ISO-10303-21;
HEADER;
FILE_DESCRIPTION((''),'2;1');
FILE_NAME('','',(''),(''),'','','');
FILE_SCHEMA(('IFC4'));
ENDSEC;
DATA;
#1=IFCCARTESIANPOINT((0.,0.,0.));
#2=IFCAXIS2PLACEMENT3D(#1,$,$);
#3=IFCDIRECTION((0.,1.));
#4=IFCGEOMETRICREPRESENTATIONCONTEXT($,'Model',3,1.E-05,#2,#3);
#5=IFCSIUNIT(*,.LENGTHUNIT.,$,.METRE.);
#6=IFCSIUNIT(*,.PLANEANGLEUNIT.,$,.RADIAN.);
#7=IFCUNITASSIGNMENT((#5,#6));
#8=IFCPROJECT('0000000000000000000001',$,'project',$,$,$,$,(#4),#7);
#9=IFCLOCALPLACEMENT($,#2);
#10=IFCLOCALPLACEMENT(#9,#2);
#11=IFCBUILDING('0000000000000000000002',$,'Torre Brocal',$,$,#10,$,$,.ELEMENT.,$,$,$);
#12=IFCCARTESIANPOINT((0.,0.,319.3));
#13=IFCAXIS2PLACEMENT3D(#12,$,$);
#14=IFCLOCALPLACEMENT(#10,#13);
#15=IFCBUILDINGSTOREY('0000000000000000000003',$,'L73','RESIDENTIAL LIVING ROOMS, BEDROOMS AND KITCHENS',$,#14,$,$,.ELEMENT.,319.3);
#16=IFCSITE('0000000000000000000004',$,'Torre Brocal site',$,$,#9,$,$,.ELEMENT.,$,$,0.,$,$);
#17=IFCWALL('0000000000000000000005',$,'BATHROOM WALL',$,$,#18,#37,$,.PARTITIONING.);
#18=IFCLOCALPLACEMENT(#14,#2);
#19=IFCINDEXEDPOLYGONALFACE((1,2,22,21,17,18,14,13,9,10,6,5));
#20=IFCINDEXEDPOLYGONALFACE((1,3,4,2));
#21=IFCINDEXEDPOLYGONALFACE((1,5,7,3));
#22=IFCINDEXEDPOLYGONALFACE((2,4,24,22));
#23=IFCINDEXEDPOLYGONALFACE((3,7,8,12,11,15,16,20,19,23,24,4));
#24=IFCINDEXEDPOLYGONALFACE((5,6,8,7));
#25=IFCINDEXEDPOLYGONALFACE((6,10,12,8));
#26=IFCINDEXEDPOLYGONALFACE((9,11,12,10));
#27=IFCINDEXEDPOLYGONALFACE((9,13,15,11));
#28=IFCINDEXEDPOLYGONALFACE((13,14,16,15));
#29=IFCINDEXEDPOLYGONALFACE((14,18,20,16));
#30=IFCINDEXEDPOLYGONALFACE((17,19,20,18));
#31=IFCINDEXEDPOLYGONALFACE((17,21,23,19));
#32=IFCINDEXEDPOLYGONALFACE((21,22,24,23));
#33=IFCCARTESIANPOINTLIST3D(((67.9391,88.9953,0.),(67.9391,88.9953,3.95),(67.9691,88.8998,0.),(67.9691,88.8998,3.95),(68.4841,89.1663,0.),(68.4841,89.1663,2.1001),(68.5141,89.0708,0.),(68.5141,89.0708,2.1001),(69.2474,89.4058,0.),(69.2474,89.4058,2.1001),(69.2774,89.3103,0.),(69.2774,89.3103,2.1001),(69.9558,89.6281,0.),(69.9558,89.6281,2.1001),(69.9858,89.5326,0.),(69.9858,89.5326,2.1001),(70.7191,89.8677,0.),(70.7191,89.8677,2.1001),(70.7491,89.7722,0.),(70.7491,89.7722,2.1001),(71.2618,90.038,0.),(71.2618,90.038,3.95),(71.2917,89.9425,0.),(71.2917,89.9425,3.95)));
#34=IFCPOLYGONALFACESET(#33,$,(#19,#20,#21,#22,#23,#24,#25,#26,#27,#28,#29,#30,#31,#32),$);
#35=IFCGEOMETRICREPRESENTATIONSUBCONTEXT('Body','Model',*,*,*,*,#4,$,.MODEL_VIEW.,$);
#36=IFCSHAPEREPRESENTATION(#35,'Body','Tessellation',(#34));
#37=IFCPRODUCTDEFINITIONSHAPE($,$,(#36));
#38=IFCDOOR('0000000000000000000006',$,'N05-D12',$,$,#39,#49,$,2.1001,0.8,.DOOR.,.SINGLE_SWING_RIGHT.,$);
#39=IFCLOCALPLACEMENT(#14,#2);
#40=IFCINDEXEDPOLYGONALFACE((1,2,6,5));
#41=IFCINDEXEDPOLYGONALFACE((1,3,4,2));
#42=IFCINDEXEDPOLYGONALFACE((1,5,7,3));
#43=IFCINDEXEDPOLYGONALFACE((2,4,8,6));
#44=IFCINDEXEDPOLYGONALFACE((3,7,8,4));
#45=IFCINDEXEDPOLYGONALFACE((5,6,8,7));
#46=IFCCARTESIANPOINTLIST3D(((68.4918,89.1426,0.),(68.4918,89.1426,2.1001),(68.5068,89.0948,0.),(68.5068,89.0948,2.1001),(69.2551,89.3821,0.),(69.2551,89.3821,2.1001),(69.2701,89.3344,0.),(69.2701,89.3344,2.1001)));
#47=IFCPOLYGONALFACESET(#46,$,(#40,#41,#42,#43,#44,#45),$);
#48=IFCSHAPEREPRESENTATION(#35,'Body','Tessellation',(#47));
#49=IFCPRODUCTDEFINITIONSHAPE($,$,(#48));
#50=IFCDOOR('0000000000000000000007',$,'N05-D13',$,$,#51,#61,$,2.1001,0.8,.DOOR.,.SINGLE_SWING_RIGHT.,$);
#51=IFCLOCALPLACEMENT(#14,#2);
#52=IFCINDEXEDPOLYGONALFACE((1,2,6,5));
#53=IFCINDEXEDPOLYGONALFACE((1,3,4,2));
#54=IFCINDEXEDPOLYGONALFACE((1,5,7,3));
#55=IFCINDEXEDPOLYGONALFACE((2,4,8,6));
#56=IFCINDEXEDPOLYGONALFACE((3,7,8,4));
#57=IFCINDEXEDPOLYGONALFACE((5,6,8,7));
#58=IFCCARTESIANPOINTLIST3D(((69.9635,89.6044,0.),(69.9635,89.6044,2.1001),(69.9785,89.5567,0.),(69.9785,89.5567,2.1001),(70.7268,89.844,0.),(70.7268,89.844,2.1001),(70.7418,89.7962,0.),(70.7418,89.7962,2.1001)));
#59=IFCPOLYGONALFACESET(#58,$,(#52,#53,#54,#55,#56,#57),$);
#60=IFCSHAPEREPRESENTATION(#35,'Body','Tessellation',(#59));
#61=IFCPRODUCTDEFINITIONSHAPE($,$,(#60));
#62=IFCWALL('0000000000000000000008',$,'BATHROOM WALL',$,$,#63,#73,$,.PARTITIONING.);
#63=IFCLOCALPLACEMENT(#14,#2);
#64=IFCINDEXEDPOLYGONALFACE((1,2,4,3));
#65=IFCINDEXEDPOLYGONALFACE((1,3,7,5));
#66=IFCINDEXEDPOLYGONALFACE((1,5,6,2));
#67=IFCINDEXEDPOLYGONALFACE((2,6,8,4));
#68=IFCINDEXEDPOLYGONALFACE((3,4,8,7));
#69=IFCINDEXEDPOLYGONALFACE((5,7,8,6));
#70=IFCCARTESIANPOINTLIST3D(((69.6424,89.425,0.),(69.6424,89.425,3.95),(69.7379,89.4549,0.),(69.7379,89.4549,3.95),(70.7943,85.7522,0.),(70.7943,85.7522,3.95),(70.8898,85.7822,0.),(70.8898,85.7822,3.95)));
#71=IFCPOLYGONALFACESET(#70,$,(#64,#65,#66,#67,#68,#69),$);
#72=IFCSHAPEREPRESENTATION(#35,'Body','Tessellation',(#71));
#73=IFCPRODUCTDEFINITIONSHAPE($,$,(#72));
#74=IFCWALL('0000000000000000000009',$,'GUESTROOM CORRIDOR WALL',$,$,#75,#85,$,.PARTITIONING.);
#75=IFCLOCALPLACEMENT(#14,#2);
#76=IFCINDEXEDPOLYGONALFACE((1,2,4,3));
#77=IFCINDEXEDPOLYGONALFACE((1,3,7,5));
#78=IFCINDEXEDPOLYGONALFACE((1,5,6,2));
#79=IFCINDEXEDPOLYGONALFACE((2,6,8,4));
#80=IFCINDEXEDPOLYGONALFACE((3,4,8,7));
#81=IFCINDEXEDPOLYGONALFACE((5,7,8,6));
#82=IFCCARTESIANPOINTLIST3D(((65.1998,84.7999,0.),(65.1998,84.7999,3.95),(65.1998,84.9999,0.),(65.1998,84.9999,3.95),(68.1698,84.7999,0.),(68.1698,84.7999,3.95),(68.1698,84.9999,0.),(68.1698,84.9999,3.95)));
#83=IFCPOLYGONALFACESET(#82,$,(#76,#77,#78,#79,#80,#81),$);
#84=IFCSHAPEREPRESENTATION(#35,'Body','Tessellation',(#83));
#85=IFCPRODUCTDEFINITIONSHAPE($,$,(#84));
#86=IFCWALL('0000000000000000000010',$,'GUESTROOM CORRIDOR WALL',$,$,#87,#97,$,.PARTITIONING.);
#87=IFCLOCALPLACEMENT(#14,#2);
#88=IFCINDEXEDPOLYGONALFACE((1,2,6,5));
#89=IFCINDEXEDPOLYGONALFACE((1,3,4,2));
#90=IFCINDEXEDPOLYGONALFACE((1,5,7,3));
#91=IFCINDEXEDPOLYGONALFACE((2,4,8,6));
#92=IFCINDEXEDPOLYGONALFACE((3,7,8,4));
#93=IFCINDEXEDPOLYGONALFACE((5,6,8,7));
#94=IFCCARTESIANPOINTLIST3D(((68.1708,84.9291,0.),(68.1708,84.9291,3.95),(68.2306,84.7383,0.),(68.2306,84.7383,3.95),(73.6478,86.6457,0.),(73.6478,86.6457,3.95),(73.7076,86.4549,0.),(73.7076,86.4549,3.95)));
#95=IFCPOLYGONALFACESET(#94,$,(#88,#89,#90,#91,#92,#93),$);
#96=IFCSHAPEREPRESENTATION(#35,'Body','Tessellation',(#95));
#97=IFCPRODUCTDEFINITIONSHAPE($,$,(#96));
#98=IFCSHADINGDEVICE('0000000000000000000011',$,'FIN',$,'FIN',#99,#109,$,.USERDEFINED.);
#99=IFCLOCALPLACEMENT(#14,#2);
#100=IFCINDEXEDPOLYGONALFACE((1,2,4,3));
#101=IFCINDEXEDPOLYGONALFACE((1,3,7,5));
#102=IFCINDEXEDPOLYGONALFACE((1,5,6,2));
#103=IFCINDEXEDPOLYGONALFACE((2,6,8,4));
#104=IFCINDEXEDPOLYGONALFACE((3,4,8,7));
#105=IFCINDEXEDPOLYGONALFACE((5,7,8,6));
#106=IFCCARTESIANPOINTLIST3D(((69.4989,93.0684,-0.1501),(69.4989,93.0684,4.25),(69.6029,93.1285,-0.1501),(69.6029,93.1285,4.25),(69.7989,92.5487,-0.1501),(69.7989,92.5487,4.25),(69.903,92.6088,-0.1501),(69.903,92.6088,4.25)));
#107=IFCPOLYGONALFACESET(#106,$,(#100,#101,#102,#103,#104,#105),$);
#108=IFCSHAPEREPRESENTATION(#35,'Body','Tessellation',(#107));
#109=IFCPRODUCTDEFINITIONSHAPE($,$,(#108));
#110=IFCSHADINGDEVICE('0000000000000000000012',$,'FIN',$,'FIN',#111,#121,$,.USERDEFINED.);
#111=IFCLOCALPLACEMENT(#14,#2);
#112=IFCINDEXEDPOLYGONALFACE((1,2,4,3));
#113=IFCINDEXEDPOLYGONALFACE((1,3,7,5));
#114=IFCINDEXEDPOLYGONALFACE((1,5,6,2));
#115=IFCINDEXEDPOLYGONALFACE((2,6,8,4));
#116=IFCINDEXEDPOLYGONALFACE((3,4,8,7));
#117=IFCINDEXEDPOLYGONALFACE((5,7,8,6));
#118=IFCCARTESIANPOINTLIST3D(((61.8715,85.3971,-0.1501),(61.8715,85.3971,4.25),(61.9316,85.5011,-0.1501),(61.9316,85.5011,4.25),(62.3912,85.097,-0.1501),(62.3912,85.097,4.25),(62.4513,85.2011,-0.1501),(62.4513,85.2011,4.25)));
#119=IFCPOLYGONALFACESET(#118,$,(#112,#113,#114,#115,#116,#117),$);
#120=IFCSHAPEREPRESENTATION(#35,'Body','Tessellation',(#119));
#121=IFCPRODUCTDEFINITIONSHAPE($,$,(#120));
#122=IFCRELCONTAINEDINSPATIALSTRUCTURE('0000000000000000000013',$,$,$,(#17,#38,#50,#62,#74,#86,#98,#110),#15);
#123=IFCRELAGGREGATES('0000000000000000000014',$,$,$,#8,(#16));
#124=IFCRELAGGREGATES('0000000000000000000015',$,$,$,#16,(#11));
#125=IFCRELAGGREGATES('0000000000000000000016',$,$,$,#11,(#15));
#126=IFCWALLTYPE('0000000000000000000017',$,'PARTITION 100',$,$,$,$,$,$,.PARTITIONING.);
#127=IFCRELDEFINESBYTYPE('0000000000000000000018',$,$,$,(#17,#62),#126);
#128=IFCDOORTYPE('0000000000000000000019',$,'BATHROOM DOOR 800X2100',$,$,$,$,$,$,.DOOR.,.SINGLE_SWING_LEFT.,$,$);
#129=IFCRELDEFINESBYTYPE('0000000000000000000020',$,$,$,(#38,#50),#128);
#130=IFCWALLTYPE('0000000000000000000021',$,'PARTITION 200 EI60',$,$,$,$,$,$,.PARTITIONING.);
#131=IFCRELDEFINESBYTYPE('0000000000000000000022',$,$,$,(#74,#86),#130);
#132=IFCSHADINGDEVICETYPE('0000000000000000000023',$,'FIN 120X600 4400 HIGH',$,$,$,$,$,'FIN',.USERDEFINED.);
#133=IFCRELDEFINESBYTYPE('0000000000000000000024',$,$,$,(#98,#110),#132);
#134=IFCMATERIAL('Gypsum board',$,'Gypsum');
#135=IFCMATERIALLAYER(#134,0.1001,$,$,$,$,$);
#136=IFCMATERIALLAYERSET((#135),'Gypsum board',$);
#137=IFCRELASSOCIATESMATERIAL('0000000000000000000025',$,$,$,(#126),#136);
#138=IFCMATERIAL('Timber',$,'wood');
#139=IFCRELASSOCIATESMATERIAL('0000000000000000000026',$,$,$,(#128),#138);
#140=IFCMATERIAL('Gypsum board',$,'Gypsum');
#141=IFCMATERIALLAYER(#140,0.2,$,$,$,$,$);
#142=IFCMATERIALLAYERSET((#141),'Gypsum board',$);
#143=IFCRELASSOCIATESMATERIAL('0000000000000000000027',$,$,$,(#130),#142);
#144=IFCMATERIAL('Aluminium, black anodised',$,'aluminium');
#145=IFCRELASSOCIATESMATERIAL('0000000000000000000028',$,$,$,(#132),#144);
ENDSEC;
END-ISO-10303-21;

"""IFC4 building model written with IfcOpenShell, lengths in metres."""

from ifc_helpers import new_model, si_unit, direction, frame, frame_2d, origin, origin_2d, place, context, subcontext, project, spatial, rectangle, extrude, material, layer, layer_set, material_profile, profile_set, type_object, element, fill, save


model = new_model("IFC4")

# Units and contexts
model_context = context("Model", 3, precision=1e-05, world=origin(), true_north=direction((0.0, 1.0)))
body_context = subcontext(model_context, "Body", "Model", "MODEL_VIEW")
ifc_project = project(units=[si_unit("LENGTHUNIT", "METRE"), si_unit("PLANEANGLEUNIT", "RADIAN")], contexts=[model_context])

# Site, building, storey
site_placement = place(None, origin())
site = spatial("IfcSite", under=ifc_project, at=site_placement, Name="Torre Brocal site", CompositionType="ELEMENT", RefElevation=0.0)
building_placement = place(site_placement, origin())
building = spatial("IfcBuilding", under=site, at=building_placement, Name="Torre Brocal", CompositionType="ELEMENT")
storey_placement = place(building_placement, frame((0.0, 0.0, 319.3)))
storey = spatial("IfcBuildingStorey", under=building, at=storey_placement, Name="L73", Description="RESIDENTIAL LIVING ROOMS, BEDROOMS AND KITCHENS", CompositionType="ELEMENT", Elevation=319.3)

# Wall, openings, doors
ifc_material_1 = material(Name="Gypsum board", Category="Gypsum")
ifc_layer_1 = layer(ifc_material_1, 0.1001)
ifc_layer_set_1 = layer_set([ifc_layer_1], Name="Gypsum board")
wall_type_1 = type_object("IfcWallType", Name="PARTITION 100", PredefinedType="PARTITIONING", material=ifc_layer_set_1)
wall_1_placement = place(storey_placement, frame((67.9541, 88.9475, 0.0), z_axis=(0.0, 0.0, 1.0), x_axis=(0.954123, 0.299416, 0.0)))
wall_1 = element("IfcWall", 1, at=wall_1_placement, inside=storey, type_object=wall_type_1, Name="BATHROOM WALL", PredefinedType="PARTITIONING", context=body_context, shape_type="SweptSolid", body=[
    extrude(rectangle(XDim=3.4824, YDim=0.1001, at=frame_2d((1.7412, 0.0))), origin(), (0.0, 0.0, 1.0), 3.95),
])
opening_1_placement = place(wall_1_placement, frame((0.5713, 0.0, 0.0)))
opening_1 = element("IfcOpeningElement", 2, at=opening_1_placement, cuts=wall_1, PredefinedType="OPENING", context=body_context, shape_type="SweptSolid", body=[
    extrude(rectangle(XDim=0.8, YDim=2.1001, at=frame_2d((0.3999, 1.05))), frame((0.0, 0.0601, 0.0), z_axis=(0.0, -1.0, 0.0), x_axis=(1.0, 0.0, 0.0)), (0.0, 0.0, 1.0), 0.1201),
])
opening_2_placement = place(wall_1_placement, frame((2.1138, 0.0, 0.0)))
opening_2 = element("IfcOpeningElement", 3, at=opening_2_placement, cuts=wall_1, PredefinedType="OPENING", context=body_context, shape_type="SweptSolid", body=[
    extrude(rectangle(XDim=0.8, YDim=2.1001, at=frame_2d((0.3999, 1.05))), frame((0.0, 0.0601, 0.0), z_axis=(0.0, -1.0, 0.0), x_axis=(1.0, 0.0, 0.0)), (0.0, 0.0, 1.0), 0.1201),
])
ifc_material_2 = material(Name="Timber", Category="wood")
door_type = type_object("IfcDoorType", Name="BATHROOM DOOR 800X2100", OperationType="SINGLE_SWING_LEFT", PredefinedType="DOOR", material=ifc_material_2)
door_1_placement = place(opening_1_placement, frame((0.8, 0.0, 0.0), z_axis=(0.0, 0.0, 1.0), x_axis=(-1.0, 0.0, 0.0)))
door_1 = element("IfcDoor", 4, at=door_1_placement, inside=storey, type_object=door_type, Name="N05-D12", OperationType="SINGLE_SWING_RIGHT", OverallHeight=2.1001, OverallWidth=0.8, PredefinedType="DOOR", context=body_context, shape_type="SweptSolid", body=[
    extrude(rectangle(XDim=0.8, YDim=2.1001, at=frame_2d((0.3999, 1.05))), frame((0.0, 0.0249, 0.0), z_axis=(0.0, -1.0, 0.0), x_axis=(1.0, 0.0, 0.0)), (0.0, 0.0, 1.0), 0.05),
])
fill(opening_1, door_1)
door_2_placement = place(opening_2_placement, frame((0.8, 0.0, 0.0), z_axis=(0.0, 0.0, 1.0), x_axis=(-1.0, 0.0, 0.0)))
door_2 = element("IfcDoor", 5, at=door_2_placement, inside=storey, type_object=door_type, Name="N05-D13", OperationType="SINGLE_SWING_RIGHT", OverallHeight=2.1001, OverallWidth=0.8, PredefinedType="DOOR", context=body_context, shape_type="SweptSolid", body=[
    extrude(rectangle(XDim=0.8, YDim=2.1001, at=frame_2d((0.3999, 1.05))), frame((0.0, 0.0249, 0.0), z_axis=(0.0, -1.0, 0.0), x_axis=(1.0, 0.0, 0.0)), (0.0, 0.0, 1.0), 0.05),
])
fill(opening_2, door_2)

# Walls
wall_2_placement = place(storey_placement, frame((69.6902, 89.4399, 0.0), z_axis=(0.0, 0.0, 1.0), x_axis=(0.299261, -0.954171, 0.0)))
element("IfcWall", 6, at=wall_2_placement, inside=storey, type_object=wall_type_1, Name="BATHROOM WALL", PredefinedType="PARTITIONING", context=body_context, shape_type="SweptSolid", body=[
    extrude(rectangle(XDim=3.8491, YDim=0.1001, at=frame_2d((1.9246, 0.0))), origin(), (0.0, 0.0, 1.0), 3.95),
])
ifc_material_3 = material(Name="Gypsum board", Category="Gypsum")
ifc_layer_2 = layer(ifc_material_3, 0.2)
ifc_layer_set_2 = layer_set([ifc_layer_2], Name="Gypsum board")
wall_type_2 = type_object("IfcWallType", Name="PARTITION 200 EI60", PredefinedType="PARTITIONING", material=ifc_layer_set_2)
wall_3_placement = place(storey_placement, frame((65.2, 84.8999, 0.0), z_axis=(0.0, 0.0, 1.0), x_axis=(1.0, 0.0, 0.0)))
element("IfcWall", 7, at=wall_3_placement, inside=storey, type_object=wall_type_2, Name="GUESTROOM CORRIDOR WALL", PredefinedType="PARTITIONING", context=body_context, shape_type="SweptSolid", body=[
    extrude(rectangle(XDim=2.97, YDim=0.2, at=frame_2d((1.4849, 0.0))), origin(), (0.0, 0.0, 1.0), 3.95),
])
wall_4_placement = place(storey_placement, frame((68.2007, 84.8337, 0.0), z_axis=(0.0, 0.0, 1.0), x_axis=(0.954233, 0.299064, 0.0)))
element("IfcWall", 8, at=wall_4_placement, inside=storey, type_object=wall_type_2, Name="GUESTROOM CORRIDOR WALL", PredefinedType="PARTITIONING", context=body_context, shape_type="SweptSolid", body=[
    extrude(rectangle(XDim=5.7397, YDim=0.2, at=frame_2d((2.8699, 0.0))), origin(), (0.0, 0.0, 1.0), 3.95),
])

# Shading devices
ifc_material_4 = material(Name="Aluminium, black anodised", Category="aluminium")
ifc_material_profile_1 = material_profile(ifc_material_4, rectangle(XDim=0.1201, YDim=0.6001, at=origin_2d()), Name="FIN 120X600 4400 HIGH")
ifc_profile_set_1 = profile_set([ifc_material_profile_1], Name="Aluminium, black anodised")
shading_device_type = type_object("IfcShadingDeviceType", Name="FIN 120X600 4400 HIGH", ElementType="FIN", PredefinedType="USERDEFINED", material=ifc_profile_set_1)
for number, where, z_axis, x_axis, name in (
    (9, (69.7009, 92.8386, -0.1501), (0.0, 0.0, 1.0), (-0.866025, -0.5, 0.0), "FIN"),
    (10, (62.1614, 85.2991, -0.1501), (0.0, 0.0, 1.0), (-0.5, -0.866025, 0.0), "FIN"),
):
    element("IfcShadingDevice", number, at=place(storey_placement, frame(where, z_axis=z_axis, x_axis=x_axis)), inside=storey, type_object=shading_device_type, Name=name, ObjectType="FIN", PredefinedType="USERDEFINED", context=body_context, shape_type="SweptSolid", body=[
        extrude(rectangle(XDim=0.1201, YDim=0.6001, at=origin_2d()), origin(), (0.0, 0.0, 1.0), 4.4001),
    ])

save(model, "model.ifc")
